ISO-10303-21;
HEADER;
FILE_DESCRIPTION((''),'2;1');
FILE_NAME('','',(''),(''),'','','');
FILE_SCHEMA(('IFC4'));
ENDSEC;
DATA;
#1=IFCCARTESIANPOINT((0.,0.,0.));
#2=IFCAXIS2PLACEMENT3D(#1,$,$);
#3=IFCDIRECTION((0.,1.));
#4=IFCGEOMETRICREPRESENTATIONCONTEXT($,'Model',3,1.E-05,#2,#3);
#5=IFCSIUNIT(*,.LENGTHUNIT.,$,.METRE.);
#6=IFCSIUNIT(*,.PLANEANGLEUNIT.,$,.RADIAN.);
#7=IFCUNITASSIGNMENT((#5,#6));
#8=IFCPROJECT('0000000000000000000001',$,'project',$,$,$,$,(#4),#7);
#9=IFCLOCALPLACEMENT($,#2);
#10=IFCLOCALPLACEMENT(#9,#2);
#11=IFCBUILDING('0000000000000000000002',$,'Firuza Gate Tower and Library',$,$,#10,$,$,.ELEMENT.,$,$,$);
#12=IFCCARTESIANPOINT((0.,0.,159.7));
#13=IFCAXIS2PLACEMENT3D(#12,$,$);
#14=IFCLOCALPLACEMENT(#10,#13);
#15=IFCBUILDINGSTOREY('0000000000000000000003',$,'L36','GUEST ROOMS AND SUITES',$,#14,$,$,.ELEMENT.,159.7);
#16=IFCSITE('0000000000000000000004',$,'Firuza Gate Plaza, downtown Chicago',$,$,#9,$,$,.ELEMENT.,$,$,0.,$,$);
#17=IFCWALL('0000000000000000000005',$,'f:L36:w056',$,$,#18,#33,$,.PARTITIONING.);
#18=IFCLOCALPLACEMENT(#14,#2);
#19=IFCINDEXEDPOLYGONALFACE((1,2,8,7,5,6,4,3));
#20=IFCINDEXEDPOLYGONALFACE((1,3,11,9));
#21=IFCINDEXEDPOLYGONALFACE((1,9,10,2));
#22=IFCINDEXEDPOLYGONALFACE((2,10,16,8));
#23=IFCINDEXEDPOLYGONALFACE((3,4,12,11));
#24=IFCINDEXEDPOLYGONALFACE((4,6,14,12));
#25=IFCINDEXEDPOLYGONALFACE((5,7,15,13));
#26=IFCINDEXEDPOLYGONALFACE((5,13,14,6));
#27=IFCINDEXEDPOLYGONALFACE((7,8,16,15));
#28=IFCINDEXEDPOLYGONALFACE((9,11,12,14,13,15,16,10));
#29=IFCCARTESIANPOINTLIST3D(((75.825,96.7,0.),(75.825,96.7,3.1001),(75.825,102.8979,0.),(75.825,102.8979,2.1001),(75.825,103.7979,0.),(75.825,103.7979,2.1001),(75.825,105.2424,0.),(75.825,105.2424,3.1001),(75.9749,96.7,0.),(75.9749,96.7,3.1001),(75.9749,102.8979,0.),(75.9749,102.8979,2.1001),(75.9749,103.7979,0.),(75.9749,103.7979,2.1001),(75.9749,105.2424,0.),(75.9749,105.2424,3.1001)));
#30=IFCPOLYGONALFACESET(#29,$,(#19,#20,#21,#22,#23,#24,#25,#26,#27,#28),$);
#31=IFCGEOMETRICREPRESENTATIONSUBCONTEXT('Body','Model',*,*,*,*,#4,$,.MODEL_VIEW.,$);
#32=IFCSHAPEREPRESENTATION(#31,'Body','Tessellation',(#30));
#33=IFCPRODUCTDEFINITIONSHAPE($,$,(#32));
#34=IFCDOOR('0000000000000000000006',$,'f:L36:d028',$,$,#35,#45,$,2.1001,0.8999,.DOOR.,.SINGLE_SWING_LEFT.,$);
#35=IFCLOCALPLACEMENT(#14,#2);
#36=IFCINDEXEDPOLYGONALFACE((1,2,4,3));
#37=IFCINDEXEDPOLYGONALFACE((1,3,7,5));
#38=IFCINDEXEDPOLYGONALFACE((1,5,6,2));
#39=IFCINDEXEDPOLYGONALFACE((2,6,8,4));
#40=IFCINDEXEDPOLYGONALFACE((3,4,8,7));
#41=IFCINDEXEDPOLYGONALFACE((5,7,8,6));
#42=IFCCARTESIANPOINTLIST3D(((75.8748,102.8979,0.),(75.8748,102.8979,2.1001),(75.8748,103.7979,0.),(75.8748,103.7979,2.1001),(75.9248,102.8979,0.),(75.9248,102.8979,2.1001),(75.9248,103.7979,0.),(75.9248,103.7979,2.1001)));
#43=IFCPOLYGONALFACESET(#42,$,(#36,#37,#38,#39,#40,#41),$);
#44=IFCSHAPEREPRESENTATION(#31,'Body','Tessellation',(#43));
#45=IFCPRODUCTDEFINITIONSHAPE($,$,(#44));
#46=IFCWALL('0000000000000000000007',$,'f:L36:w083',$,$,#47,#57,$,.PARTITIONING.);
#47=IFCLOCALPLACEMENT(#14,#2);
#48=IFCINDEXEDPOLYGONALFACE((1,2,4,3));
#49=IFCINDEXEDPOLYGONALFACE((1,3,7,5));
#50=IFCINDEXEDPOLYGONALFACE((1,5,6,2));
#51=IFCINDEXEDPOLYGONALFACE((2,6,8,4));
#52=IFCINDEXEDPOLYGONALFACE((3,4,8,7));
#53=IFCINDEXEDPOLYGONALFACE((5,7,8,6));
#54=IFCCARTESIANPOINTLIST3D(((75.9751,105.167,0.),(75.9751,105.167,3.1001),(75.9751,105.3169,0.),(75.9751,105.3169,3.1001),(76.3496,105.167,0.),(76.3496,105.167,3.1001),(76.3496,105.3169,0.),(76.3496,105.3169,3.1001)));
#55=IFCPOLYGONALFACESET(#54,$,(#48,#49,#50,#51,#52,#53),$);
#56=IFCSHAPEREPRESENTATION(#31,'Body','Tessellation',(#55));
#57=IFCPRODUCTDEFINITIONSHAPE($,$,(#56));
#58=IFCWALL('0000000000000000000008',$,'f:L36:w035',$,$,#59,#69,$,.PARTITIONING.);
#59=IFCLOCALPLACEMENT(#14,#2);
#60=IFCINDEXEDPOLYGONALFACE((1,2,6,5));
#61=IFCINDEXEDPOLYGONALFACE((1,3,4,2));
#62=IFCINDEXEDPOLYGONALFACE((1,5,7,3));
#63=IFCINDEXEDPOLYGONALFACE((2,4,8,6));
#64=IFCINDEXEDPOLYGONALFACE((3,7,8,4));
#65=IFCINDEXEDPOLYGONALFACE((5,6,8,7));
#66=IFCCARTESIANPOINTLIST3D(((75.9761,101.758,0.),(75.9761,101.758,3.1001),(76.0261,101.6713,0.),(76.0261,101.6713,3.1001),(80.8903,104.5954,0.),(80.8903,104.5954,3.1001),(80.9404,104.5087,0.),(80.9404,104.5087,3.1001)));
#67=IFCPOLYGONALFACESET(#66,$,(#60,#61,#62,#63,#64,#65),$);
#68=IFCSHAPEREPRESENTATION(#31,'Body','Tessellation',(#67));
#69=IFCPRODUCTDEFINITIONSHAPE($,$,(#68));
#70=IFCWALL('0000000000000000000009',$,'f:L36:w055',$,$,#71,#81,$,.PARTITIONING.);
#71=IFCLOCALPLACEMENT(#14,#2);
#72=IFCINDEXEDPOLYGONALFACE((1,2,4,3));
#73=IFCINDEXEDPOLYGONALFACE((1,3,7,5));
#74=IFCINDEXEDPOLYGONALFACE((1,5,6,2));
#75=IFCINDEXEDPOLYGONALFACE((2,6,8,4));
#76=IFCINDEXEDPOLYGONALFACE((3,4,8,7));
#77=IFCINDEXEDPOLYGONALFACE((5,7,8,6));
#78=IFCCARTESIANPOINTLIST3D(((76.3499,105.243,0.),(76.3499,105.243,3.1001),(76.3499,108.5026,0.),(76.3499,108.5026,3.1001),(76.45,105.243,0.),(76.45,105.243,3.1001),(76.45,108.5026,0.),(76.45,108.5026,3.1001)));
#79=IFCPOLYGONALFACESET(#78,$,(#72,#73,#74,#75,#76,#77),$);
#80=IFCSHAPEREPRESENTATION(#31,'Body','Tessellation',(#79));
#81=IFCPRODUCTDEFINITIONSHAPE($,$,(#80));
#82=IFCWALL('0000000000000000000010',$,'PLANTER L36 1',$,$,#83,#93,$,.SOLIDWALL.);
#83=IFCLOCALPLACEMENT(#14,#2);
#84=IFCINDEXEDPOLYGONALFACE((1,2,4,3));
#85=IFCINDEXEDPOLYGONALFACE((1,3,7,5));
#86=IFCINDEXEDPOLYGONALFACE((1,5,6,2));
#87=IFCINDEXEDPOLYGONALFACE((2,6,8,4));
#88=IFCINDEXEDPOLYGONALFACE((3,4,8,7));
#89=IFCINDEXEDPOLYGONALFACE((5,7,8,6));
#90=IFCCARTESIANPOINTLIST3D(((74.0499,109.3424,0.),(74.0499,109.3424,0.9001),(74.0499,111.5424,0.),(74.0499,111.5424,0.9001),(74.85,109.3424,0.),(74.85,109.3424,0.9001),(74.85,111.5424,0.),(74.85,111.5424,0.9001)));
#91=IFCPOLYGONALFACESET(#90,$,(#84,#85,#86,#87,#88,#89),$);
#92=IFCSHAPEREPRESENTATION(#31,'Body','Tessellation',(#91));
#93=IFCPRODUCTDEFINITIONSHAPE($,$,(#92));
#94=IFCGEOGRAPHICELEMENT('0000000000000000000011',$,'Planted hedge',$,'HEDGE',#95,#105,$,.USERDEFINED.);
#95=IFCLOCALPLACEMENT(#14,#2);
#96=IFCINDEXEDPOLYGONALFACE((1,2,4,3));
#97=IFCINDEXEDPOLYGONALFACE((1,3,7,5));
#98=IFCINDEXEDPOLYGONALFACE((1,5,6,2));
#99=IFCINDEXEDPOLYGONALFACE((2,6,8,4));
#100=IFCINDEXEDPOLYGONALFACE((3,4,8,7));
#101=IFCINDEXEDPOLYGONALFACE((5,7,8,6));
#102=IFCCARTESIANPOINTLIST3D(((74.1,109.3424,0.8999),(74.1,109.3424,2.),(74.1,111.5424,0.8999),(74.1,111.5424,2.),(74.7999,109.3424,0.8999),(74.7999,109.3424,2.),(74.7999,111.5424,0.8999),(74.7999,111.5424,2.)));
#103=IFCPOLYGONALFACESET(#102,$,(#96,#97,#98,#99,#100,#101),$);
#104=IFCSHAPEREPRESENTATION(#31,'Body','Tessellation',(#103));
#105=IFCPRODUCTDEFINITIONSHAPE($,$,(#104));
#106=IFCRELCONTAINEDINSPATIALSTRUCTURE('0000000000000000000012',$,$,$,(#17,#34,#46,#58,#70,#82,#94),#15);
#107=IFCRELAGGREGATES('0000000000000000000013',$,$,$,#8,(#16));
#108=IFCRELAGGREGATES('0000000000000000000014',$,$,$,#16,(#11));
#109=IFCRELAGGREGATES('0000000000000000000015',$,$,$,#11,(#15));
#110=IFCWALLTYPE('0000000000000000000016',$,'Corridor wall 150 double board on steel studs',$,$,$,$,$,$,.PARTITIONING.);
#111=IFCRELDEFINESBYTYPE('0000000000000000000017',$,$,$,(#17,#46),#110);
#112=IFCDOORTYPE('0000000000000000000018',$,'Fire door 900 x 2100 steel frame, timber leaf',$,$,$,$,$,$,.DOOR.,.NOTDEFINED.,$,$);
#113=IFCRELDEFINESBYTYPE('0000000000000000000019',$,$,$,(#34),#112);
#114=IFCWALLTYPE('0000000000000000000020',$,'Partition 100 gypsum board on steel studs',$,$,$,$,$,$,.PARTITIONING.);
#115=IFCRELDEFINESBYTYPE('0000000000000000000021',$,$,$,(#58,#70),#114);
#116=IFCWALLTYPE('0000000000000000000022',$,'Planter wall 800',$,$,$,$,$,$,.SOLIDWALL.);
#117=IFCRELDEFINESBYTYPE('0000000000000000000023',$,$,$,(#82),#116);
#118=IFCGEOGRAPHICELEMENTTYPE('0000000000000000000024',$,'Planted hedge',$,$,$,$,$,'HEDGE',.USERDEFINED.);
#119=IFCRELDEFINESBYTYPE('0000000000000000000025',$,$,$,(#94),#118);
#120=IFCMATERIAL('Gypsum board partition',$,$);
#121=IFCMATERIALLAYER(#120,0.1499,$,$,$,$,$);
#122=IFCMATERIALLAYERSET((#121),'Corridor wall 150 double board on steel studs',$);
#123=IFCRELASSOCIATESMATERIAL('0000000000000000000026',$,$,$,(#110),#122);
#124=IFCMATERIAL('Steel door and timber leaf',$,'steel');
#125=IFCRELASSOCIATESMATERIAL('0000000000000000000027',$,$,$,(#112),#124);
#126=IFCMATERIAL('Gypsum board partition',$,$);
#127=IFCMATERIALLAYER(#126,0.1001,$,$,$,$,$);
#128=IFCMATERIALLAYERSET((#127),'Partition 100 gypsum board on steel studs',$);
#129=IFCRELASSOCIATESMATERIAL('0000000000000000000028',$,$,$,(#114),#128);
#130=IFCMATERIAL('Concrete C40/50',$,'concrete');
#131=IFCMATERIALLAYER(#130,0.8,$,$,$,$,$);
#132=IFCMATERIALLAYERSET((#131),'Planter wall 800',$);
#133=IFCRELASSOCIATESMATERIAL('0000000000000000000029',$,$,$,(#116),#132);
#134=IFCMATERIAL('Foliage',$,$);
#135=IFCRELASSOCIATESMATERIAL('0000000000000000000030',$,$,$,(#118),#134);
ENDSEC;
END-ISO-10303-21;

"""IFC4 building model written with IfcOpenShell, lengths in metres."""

from ifc_helpers import new_model, si_unit, direction, frame, frame_2d, origin, origin_2d, place, context, subcontext, project, spatial, rectangle, extrude, material, layer, layer_set, type_object, element, fill, save


model = new_model("IFC4")

# Units and contexts
model_context = context("Model", 3, precision=1e-05, world=origin(), true_north=direction((0.0, 1.0)))
body_context = subcontext(model_context, "Body", "Model", "MODEL_VIEW")
ifc_project = project(units=[si_unit("LENGTHUNIT", "METRE"), si_unit("PLANEANGLEUNIT", "RADIAN")], contexts=[model_context])

# Site, building, storey
site_placement = place(None, origin())
site = spatial("IfcSite", under=ifc_project, at=site_placement, Name="Firuza Gate Plaza, downtown Chicago", CompositionType="ELEMENT", RefElevation=0.0)
building_placement = place(site_placement, origin())
building = spatial("IfcBuilding", under=site, at=building_placement, Name="Firuza Gate Tower and Library", CompositionType="ELEMENT")
storey_placement = place(building_placement, frame((0.0, 0.0, 159.7)))
storey = spatial("IfcBuildingStorey", under=building, at=storey_placement, Name="L36", Description="GUEST ROOMS AND SUITES", CompositionType="ELEMENT", Elevation=159.7)

# Wall, opening, door
ifc_material_1 = material(Name="Gypsum board partition")
ifc_layer_1 = layer(ifc_material_1, 0.1499)
ifc_layer_set_1 = layer_set([ifc_layer_1], Name="Corridor wall 150 double board on steel studs")
wall_type_1 = type_object("IfcWallType", Name="Corridor wall 150 double board on steel studs", PredefinedType="PARTITIONING", material=ifc_layer_set_1)
wall_1_placement = place(storey_placement, frame((75.8999, 105.2424, 0.0), z_axis=(0.0, 0.0, 1.0), x_axis=(0.0, -1.0, 0.0)))
wall_1 = element("IfcWall", 1, at=wall_1_placement, inside=storey, type_object=wall_type_1, Name="f:L36:w056", PredefinedType="PARTITIONING", context=body_context, shape_type="SweptSolid", body=[
    extrude(rectangle(XDim=8.5425, YDim=0.1499, at=frame_2d((4.2712, 0.0))), origin(), (0.0, 0.0, 1.0), 3.1001),
])
opening_placement = place(wall_1_placement, frame((1.4446, 0.0, 0.0)))
opening = element("IfcOpeningElement", 2, at=opening_placement, cuts=wall_1, PredefinedType="OPENING", context=body_context, shape_type="SweptSolid", body=[
    extrude(rectangle(XDim=0.8999, YDim=2.1001, at=frame_2d((0.45, 1.05))), frame((0.0, 0.085, 0.0), z_axis=(0.0, -1.0, 0.0), x_axis=(1.0, 0.0, 0.0)), (0.0, 0.0, 1.0), 0.1699),
])
ifc_material_2 = material(Name="Steel door and timber leaf", Category="steel")
door_type = type_object("IfcDoorType", Name="Fire door 900 x 2100 steel frame, timber leaf", OperationType="NOTDEFINED", PredefinedType="DOOR", material=ifc_material_2)
door_placement = place(opening_placement, origin())
door = element("IfcDoor", 3, at=door_placement, inside=storey, type_object=door_type, Name="f:L36:d028", OperationType="SINGLE_SWING_LEFT", OverallHeight=2.1001, OverallWidth=0.8999, PredefinedType="DOOR", context=body_context, shape_type="SweptSolid", body=[
    extrude(rectangle(XDim=0.8999, YDim=2.1001, at=frame_2d((0.45, 1.05))), frame((0.0, 0.0249, 0.0), z_axis=(0.0, -1.0, 0.0), x_axis=(1.0, 0.0, 0.0)), (0.0, 0.0, 1.0), 0.05),
])
fill(opening, door)

# Walls
wall_2_placement = place(storey_placement, frame((75.9751, 105.2419, 0.0), z_axis=(0.0, 0.0, 1.0), x_axis=(1.0, 0.0, 0.0)))
element("IfcWall", 4, at=wall_2_placement, inside=storey, type_object=wall_type_1, Name="f:L36:w083", PredefinedType="PARTITIONING", context=body_context, shape_type="SweptSolid", body=[
    extrude(rectangle(XDim=0.3745, YDim=0.1499, at=frame_2d((0.1873, 0.0))), origin(), (0.0, 0.0, 1.0), 3.1001),
])
ifc_material_3 = material(Name="Gypsum board partition")
ifc_layer_2 = layer(ifc_material_3, 0.1001)
ifc_layer_set_2 = layer_set([ifc_layer_2], Name="Partition 100 gypsum board on steel studs")
wall_type_2 = type_object("IfcWallType", Name="Partition 100 gypsum board on steel studs", PredefinedType="PARTITIONING", material=ifc_layer_set_2)
wall_3_placement = place(storey_placement, frame((76.001, 101.7146, 0.0), z_axis=(0.0, 0.0, 1.0), x_axis=(0.866016, 0.500017, 0.0)))
element("IfcWall", 5, at=wall_3_placement, inside=storey, type_object=wall_type_2, Name="f:L36:w035", PredefinedType="PARTITIONING", context=body_context, shape_type="SweptSolid", body=[
    extrude(rectangle(XDim=5.6746, YDim=0.1001, at=frame_2d((2.8374, 0.0))), origin(), (0.0, 0.0, 1.0), 3.1001),
])
wall_4_placement = place(storey_placement, frame((76.3999, 105.2429, 0.0), z_axis=(0.0, 0.0, 1.0), x_axis=(0.0, 1.0, 0.0)))
element("IfcWall", 6, at=wall_4_placement, inside=storey, type_object=wall_type_2, Name="f:L36:w055", PredefinedType="PARTITIONING", context=body_context, shape_type="SweptSolid", body=[
    extrude(rectangle(XDim=3.2595, YDim=0.1001, at=frame_2d((1.6299, 0.0))), origin(), (0.0, 0.0, 1.0), 3.1001),
])
ifc_material_4 = material(Name="Concrete C40/50", Category="concrete")
ifc_layer_3 = layer(ifc_material_4, 0.8)
ifc_layer_set_3 = layer_set([ifc_layer_3], Name="Planter wall 800")
wall_type_3 = type_object("IfcWallType", Name="Planter wall 800", PredefinedType="SOLIDWALL", material=ifc_layer_set_3)
wall_5_placement = place(storey_placement, frame((74.45, 109.3423, 0.0), z_axis=(0.0, 0.0, 1.0), x_axis=(0.0, 1.0, 0.0)))
element("IfcWall", 7, at=wall_5_placement, inside=storey, type_object=wall_type_3, Name="PLANTER L36 1", PredefinedType="SOLIDWALL", context=body_context, shape_type="SweptSolid", body=[
    extrude(rectangle(XDim=2.2, YDim=0.8, at=frame_2d((1.1001, 0.0))), origin(), (0.0, 0.0, 1.0), 0.9001),
])

# Geographic element
ifc_material_5 = material(Name="Foliage")
geographic_element_type = type_object("IfcGeographicElementType", Name="Planted hedge", ElementType="HEDGE", PredefinedType="USERDEFINED", material=ifc_material_5)
geographic_element_placement = place(storey_placement, frame((74.45, 110.4424, 0.8999), z_axis=(0.0, 0.0, 1.0), x_axis=(0.0, 1.0, 0.0)))
element("IfcGeographicElement", 8, at=geographic_element_placement, inside=storey, type_object=geographic_element_type, Name="Planted hedge", ObjectType="HEDGE", PredefinedType="USERDEFINED", context=body_context, shape_type="SweptSolid", body=[
    extrude(rectangle(XDim=2.2, YDim=0.7, at=origin_2d()), origin(), (0.0, 0.0, 1.0), 1.1001),
])

save(model, "model.ifc")
